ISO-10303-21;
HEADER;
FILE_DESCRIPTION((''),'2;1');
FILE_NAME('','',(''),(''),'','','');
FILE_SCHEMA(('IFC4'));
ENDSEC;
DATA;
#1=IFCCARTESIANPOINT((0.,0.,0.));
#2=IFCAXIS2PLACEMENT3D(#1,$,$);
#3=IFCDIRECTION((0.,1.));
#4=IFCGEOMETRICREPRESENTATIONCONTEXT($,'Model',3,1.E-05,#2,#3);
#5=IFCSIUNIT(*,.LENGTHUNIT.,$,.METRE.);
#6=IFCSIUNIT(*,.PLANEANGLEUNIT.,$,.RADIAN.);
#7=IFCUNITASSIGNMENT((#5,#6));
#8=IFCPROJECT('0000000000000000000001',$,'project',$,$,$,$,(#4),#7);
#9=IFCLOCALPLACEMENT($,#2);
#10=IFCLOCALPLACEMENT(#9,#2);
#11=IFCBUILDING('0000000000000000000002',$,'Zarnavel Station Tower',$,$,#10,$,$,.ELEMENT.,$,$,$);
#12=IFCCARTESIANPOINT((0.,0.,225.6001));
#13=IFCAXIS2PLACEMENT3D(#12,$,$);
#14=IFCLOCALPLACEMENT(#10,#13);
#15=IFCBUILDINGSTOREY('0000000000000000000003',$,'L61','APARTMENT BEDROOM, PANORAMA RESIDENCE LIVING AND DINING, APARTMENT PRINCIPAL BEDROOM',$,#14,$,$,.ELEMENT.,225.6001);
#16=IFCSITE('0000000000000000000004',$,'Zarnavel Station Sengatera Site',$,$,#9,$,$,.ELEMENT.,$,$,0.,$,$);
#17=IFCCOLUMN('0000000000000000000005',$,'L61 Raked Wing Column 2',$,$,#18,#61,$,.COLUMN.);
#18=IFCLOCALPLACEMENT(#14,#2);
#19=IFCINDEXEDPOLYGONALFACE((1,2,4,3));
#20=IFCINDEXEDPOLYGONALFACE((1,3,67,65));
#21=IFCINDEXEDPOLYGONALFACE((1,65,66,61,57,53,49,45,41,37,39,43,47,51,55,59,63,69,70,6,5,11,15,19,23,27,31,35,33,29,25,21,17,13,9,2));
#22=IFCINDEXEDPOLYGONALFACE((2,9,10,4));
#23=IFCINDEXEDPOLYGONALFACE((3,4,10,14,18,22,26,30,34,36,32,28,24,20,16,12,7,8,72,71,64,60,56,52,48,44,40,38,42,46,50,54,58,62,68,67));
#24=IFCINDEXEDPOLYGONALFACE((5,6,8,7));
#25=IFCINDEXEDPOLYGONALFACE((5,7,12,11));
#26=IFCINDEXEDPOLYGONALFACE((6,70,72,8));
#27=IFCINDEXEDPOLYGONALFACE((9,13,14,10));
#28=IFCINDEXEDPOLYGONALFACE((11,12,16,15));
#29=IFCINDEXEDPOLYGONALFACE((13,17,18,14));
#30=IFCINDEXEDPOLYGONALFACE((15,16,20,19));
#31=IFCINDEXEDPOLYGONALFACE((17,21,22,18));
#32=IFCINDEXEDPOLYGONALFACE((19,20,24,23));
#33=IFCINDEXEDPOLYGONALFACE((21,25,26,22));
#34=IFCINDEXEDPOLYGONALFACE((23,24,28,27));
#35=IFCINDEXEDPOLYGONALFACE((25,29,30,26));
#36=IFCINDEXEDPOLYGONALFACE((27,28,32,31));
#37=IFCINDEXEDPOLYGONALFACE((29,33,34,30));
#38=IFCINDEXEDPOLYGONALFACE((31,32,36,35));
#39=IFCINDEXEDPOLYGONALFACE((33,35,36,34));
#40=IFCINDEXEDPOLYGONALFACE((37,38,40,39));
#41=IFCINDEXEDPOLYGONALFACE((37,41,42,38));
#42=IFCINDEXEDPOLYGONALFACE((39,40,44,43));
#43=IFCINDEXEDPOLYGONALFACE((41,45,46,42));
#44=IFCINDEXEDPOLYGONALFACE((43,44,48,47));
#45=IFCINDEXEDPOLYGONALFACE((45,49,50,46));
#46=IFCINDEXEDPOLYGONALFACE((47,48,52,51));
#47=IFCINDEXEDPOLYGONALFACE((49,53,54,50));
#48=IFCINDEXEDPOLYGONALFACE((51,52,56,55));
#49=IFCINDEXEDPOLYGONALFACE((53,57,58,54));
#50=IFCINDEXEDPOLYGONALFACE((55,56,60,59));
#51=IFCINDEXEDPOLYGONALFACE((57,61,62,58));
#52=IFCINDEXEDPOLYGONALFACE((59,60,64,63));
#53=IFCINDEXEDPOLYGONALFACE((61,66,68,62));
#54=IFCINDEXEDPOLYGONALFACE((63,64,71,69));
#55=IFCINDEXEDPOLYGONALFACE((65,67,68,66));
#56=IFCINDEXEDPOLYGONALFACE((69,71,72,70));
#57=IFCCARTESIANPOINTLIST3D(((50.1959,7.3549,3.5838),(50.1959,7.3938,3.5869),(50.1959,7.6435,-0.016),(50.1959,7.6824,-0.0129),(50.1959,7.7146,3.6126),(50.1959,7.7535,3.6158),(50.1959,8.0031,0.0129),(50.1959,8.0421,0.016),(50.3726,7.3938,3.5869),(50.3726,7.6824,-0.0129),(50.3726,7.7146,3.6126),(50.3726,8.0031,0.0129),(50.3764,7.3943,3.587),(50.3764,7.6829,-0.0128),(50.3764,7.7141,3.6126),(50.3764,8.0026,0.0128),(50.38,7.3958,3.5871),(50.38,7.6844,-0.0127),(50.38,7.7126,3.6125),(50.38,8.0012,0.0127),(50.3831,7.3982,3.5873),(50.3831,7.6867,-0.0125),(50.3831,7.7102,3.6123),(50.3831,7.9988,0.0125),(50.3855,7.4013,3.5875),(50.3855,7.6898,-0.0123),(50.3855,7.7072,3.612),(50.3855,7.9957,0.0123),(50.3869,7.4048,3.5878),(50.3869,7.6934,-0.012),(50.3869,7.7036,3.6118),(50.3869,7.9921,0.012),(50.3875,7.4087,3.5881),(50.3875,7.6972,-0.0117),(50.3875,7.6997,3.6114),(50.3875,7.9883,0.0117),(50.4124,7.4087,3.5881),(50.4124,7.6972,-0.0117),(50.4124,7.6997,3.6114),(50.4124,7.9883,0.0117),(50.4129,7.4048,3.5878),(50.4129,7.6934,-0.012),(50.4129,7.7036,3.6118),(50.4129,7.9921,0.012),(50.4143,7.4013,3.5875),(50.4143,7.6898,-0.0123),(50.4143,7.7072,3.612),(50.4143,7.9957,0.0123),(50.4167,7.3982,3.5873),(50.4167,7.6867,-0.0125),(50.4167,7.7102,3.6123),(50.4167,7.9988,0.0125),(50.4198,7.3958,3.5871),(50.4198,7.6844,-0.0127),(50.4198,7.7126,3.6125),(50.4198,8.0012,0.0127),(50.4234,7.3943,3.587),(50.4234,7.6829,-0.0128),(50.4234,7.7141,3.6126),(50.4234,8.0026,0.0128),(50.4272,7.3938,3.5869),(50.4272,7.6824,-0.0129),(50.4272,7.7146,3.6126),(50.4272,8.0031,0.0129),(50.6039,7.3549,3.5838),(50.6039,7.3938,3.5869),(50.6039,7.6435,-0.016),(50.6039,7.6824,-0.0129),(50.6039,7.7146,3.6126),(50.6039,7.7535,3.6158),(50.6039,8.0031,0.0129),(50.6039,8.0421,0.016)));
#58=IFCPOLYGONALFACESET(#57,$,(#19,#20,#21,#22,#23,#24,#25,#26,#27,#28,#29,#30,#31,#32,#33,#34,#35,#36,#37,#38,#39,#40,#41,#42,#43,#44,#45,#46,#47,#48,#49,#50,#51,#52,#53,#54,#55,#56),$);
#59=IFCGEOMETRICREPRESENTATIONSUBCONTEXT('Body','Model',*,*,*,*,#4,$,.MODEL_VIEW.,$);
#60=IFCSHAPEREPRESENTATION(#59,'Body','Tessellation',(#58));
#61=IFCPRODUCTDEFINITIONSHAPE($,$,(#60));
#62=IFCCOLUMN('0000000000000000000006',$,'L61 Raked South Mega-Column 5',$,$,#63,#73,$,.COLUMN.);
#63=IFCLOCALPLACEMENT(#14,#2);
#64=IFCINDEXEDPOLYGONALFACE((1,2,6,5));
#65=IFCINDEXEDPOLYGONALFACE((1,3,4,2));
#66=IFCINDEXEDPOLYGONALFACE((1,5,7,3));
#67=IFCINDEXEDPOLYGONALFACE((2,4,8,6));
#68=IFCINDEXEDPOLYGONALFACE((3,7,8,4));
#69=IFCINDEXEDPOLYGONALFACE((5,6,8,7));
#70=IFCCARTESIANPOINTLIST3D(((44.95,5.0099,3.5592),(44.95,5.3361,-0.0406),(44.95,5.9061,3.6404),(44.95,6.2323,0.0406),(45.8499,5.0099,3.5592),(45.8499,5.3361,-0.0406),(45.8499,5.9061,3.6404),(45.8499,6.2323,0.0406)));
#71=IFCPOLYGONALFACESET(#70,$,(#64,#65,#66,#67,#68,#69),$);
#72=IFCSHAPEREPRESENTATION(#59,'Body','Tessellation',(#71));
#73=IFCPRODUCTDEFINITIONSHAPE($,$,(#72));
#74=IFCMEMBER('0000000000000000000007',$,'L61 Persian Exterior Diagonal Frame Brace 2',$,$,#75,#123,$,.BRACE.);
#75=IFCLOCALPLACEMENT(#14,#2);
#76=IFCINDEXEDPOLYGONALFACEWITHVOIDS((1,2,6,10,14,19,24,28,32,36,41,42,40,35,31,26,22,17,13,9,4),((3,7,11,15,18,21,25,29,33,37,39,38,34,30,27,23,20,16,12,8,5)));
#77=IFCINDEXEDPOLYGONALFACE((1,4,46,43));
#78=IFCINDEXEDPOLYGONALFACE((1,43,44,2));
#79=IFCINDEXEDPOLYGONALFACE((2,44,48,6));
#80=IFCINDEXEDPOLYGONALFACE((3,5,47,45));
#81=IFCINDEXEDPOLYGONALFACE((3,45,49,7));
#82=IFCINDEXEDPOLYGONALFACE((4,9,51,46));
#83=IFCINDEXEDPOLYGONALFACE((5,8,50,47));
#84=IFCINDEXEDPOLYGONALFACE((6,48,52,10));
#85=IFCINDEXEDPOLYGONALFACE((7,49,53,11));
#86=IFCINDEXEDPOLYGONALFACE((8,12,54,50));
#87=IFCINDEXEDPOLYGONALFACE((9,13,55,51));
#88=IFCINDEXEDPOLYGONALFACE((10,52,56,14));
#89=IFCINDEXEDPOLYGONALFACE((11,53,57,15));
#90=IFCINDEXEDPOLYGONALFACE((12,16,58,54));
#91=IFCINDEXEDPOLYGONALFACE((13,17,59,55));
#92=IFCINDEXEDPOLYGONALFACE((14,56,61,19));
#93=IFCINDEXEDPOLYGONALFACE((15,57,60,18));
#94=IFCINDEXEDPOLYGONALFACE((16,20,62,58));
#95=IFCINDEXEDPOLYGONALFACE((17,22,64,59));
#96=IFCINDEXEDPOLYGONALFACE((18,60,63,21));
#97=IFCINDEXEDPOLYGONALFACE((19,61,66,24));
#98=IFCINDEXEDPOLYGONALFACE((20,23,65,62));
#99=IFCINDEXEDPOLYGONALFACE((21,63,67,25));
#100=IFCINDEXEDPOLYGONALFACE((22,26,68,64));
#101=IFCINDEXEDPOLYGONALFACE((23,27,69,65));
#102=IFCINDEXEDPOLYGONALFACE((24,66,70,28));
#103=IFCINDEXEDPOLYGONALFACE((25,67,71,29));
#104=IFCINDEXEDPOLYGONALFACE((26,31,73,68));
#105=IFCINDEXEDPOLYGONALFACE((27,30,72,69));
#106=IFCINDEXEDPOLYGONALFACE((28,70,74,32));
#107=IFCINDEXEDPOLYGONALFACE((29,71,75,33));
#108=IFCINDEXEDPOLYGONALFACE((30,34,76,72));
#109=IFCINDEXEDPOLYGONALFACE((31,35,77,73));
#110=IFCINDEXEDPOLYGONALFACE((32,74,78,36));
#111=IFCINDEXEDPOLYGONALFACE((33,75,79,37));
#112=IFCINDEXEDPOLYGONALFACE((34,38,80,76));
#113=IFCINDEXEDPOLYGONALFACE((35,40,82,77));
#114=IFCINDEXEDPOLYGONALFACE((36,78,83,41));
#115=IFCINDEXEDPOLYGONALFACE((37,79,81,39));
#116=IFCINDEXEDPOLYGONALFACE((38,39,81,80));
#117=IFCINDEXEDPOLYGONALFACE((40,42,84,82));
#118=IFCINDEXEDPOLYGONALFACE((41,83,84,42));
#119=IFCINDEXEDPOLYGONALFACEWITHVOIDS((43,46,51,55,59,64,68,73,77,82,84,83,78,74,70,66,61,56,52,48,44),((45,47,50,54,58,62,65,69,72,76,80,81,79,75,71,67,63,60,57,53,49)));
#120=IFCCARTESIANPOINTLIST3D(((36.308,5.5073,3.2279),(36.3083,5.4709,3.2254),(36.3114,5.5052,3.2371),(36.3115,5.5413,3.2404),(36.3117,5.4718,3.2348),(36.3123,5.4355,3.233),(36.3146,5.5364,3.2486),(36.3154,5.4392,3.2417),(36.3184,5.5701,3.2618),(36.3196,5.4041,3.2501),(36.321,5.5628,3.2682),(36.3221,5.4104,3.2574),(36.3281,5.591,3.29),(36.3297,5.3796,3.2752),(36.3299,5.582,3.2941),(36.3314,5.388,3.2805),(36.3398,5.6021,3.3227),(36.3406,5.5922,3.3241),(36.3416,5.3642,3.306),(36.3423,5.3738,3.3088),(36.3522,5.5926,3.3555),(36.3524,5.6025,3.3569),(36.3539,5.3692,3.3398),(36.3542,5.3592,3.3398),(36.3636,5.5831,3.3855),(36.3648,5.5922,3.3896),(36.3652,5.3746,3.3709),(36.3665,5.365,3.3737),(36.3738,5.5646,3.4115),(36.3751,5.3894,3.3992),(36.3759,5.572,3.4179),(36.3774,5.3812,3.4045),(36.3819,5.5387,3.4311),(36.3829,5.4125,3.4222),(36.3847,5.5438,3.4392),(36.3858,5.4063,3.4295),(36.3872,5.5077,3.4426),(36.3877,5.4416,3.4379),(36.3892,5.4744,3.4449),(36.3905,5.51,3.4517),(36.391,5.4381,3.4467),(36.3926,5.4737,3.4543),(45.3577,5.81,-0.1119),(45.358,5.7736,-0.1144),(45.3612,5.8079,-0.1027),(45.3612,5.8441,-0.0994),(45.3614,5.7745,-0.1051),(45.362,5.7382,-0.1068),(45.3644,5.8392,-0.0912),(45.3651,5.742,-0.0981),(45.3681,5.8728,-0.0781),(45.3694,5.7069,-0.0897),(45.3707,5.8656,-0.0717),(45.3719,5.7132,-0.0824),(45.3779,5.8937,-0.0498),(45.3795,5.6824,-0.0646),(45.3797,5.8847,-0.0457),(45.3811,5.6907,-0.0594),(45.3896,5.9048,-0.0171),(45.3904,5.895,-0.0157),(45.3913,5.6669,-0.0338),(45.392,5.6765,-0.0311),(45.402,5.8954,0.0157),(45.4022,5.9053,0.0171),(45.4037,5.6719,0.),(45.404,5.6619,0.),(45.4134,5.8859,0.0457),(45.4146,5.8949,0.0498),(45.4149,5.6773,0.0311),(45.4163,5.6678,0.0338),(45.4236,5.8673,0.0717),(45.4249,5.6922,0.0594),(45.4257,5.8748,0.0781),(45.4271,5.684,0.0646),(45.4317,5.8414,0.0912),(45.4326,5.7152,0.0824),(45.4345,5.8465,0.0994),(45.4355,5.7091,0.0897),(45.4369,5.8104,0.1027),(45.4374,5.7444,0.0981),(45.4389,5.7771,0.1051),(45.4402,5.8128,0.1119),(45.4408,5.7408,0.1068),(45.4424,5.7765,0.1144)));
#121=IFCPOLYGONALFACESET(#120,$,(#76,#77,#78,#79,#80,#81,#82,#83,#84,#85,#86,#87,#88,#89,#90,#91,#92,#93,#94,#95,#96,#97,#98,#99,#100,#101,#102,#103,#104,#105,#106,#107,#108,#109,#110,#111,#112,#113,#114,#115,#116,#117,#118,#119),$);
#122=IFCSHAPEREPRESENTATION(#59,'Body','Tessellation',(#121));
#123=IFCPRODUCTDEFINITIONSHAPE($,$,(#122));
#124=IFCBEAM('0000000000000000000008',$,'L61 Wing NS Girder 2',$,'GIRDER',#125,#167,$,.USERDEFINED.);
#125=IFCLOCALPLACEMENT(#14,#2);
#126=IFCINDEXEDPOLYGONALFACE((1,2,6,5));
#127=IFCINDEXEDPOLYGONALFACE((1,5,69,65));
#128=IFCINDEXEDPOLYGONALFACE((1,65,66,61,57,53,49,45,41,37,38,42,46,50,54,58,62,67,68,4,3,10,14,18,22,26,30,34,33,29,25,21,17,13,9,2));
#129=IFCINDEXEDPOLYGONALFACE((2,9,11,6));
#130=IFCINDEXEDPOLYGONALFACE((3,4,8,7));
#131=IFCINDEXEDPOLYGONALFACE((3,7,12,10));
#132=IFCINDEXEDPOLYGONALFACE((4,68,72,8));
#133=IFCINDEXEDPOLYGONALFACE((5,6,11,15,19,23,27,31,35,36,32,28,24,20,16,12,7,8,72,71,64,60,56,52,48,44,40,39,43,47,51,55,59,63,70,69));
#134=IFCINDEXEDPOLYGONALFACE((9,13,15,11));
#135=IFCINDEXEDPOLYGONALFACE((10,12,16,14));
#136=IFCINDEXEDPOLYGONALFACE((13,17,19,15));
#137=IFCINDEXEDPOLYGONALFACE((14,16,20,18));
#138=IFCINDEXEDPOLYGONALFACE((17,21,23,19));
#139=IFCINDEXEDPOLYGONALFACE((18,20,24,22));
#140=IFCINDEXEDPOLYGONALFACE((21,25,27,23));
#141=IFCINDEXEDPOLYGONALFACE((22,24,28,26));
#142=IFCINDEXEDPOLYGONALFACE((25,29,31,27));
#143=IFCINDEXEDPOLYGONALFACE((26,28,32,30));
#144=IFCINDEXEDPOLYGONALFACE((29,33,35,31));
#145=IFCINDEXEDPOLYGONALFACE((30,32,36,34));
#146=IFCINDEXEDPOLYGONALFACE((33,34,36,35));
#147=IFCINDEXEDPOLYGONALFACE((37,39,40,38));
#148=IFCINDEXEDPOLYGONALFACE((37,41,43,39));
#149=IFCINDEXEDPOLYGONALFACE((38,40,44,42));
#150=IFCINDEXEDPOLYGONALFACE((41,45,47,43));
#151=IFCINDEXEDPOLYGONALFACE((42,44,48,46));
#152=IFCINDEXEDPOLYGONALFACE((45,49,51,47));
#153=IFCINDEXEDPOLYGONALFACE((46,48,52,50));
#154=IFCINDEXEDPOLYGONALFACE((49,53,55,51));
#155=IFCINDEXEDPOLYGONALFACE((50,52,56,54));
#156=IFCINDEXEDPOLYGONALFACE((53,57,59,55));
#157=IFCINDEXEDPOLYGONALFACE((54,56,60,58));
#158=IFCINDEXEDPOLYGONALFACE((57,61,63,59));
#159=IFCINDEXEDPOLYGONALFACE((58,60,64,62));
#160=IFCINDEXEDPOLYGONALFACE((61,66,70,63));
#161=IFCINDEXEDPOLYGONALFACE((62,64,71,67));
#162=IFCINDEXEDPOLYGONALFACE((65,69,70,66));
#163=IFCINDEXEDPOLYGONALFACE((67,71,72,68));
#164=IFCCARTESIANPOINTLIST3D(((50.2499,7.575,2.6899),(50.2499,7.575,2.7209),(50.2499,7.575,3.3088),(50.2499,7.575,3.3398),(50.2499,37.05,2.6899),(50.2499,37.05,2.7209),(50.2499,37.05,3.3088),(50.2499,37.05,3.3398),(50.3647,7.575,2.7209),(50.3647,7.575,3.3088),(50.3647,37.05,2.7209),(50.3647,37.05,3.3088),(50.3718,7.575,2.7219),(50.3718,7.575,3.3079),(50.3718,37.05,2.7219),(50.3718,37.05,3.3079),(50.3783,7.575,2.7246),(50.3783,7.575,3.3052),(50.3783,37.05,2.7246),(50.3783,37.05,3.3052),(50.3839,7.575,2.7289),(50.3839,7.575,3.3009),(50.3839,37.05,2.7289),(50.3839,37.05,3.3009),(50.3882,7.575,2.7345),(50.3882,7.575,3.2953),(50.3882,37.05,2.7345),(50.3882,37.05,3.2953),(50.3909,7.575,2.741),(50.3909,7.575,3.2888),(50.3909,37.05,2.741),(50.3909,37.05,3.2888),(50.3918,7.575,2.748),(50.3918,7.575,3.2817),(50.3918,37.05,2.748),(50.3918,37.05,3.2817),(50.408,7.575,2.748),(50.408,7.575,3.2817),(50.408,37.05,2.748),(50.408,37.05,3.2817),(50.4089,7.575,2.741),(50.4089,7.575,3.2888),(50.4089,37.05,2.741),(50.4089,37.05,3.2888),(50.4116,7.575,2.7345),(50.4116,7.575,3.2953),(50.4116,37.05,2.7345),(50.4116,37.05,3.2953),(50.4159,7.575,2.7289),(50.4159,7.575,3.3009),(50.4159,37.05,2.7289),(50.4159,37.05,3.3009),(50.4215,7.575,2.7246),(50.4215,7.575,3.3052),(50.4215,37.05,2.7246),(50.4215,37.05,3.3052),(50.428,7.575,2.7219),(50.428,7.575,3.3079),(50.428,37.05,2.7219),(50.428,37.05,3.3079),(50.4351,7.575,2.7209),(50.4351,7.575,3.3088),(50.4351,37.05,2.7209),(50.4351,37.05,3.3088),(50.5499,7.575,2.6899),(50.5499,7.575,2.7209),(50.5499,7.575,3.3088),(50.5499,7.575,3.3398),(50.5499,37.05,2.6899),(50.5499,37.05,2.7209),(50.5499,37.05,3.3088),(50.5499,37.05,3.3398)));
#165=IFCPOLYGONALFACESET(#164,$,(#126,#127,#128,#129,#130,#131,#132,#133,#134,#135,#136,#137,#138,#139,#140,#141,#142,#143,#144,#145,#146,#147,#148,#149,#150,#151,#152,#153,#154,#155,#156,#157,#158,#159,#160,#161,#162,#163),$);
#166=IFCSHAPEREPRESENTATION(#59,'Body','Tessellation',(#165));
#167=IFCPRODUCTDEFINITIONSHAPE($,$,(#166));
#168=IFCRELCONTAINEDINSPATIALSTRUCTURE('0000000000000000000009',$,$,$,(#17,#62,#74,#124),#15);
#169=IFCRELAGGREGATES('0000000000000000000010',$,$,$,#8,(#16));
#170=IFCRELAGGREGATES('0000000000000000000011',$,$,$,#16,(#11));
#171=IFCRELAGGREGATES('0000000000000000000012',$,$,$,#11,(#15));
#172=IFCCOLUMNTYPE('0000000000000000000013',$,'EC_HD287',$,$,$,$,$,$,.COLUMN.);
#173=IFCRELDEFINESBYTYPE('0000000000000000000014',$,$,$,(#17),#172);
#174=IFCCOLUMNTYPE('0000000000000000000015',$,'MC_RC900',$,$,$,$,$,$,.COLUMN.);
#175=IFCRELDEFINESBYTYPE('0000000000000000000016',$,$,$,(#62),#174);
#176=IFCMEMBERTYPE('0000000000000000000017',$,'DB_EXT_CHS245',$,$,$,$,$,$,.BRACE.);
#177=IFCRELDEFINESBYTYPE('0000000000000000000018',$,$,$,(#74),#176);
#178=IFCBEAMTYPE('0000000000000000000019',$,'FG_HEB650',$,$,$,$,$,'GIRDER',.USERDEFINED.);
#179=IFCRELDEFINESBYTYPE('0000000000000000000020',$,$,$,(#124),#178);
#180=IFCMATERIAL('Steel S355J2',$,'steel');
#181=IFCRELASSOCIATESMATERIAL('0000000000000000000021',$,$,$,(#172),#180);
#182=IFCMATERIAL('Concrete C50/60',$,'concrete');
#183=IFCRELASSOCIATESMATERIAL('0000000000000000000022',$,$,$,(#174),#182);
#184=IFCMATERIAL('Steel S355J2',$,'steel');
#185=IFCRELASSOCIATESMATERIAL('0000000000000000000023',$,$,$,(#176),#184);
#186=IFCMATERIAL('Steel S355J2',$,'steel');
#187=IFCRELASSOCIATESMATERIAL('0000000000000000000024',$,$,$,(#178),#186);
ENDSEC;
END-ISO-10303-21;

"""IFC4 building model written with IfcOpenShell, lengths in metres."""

from ifc_helpers import new_model, si_unit, direction, frame, origin, origin_2d, place, context, subcontext, project, spatial, rectangle, hollow_circle, i_section, extrude, material, material_profile, profile_set, type_object, element, save


model = new_model("IFC4")

# Units and contexts
model_context = context("Model", 3, precision=1e-05, world=origin(), true_north=direction((0.0, 1.0)))
body_context = subcontext(model_context, "Body", "Model", "MODEL_VIEW")
ifc_project = project(units=[si_unit("LENGTHUNIT", "METRE"), si_unit("PLANEANGLEUNIT", "RADIAN")], contexts=[model_context])

# Site, building, storey
site_placement = place(None, origin())
site = spatial("IfcSite", under=ifc_project, at=site_placement, Name="Zarnavel Station Sengatera Site", CompositionType="ELEMENT", RefElevation=0.0)
building_placement = place(site_placement, origin())
building = spatial("IfcBuilding", under=site, at=building_placement, Name="Zarnavel Station Tower", CompositionType="ELEMENT")
storey_placement = place(building_placement, frame((0.0, 0.0, 225.6001)))
storey = spatial("IfcBuildingStorey", under=building, at=storey_placement, Name="L61", Description="APARTMENT BEDROOM, PANORAMA RESIDENCE LIVING AND DINING, APARTMENT PRINCIPAL BEDROOM", CompositionType="ELEMENT", Elevation=225.6001)

# Columns
ifc_material_1 = material(Name="Steel S355J2", Category="steel")
ifc_material_profile_1 = material_profile(ifc_material_1, i_section(OverallWidth=0.408, OverallDepth=0.3999, WebThickness=0.0249, FlangeThickness=0.0391, FilletRadius=0.0149, at=origin_2d()), Name="HD400x287")
ifc_profile_set_1 = profile_set([ifc_material_profile_1], Name="Steel S355J2")
column_type_1 = type_object("IfcColumnType", Name="EC_HD287", PredefinedType="COLUMN", material=ifc_profile_set_1)
column_1_placement = place(storey_placement, frame((50.3999, 7.8428, 0.0), z_axis=(0.0, -0.079906, 0.996802), x_axis=(1.0, 0.0, 0.0)))
element("IfcColumn", 1, at=column_1_placement, inside=storey, type_object=column_type_1, Name="L61 Raked Wing Column 2", PredefinedType="COLUMN", context=body_context, shape_type="SweptSolid", body=[
    extrude(i_section(OverallWidth=0.408, OverallDepth=0.3999, WebThickness=0.0249, FlangeThickness=0.0391, FilletRadius=0.0149, at=origin_2d()), origin(), (0.0, 0.0, 1.0), 3.6113),
])
ifc_material_2 = material(Name="Concrete C50/60", Category="concrete")
ifc_material_profile_2 = material_profile(ifc_material_2, rectangle(XDim=0.8999, YDim=0.8999, at=origin_2d()), Name="RC900x900")
ifc_profile_set_2 = profile_set([ifc_material_profile_2], Name="Concrete C50/60")
column_type_2 = type_object("IfcColumnType", Name="MC_RC900", PredefinedType="COLUMN", material=ifc_profile_set_2)
column_2_placement = place(storey_placement, frame((45.3999, 5.7842, 0.0), z_axis=(0.0, -0.090237, 0.99592), x_axis=(1.0, 0.0, 0.0)))
element("IfcColumn", 2, at=column_2_placement, inside=storey, type_object=column_type_2, Name="L61 Raked South Mega-Column 5", PredefinedType="COLUMN", context=body_context, shape_type="SweptSolid", body=[
    extrude(rectangle(XDim=0.8999, YDim=0.8999, at=origin_2d()), origin(), (0.0, 0.0, 1.0), 3.6145),
])

# Member
ifc_material_3 = material(Name="Steel S355J2", Category="steel")
ifc_material_profile_3 = material_profile(ifc_material_3, hollow_circle(Radius=0.1223, WallThickness=0.01, at=origin_2d()), Name="CHS244.5x10")
ifc_profile_set_3 = profile_set([ifc_material_profile_3], Name="Steel S355J2")
member_type = type_object("IfcMemberType", Name="DB_EXT_CHS245", PredefinedType="BRACE", material=ifc_profile_set_3)
member_placement = place(storey_placement, frame((45.3999, 5.7842, 0.0), z_axis=(-0.937689, -0.031368, 0.346056), x_axis=(0.033433, -0.999441, 0.0)))
element("IfcMember", 3, at=member_placement, inside=storey, type_object=member_type, Name="L61 Persian Exterior Diagonal Frame Brace 2", PredefinedType="BRACE", context=body_context, shape_type="SweptSolid", body=[
    extrude(hollow_circle(Radius=0.1223, WallThickness=0.01, at=origin_2d()), origin(), (0.0, 0.0, 1.0), 9.6511),
])

# Beam
ifc_material_4 = material(Name="Steel S355J2", Category="steel")
ifc_material_profile_4 = material_profile(ifc_material_4, i_section(OverallWidth=0.3, OverallDepth=0.6499, WebThickness=0.0161, FlangeThickness=0.031, FilletRadius=0.0271, at=origin_2d()), Name="HEB650")
ifc_profile_set_4 = profile_set([ifc_material_profile_4], Name="Steel S355J2")
beam_type_1 = type_object("IfcBeamType", Name="FG_HEB650", ElementType="GIRDER", PredefinedType="USERDEFINED", material=ifc_profile_set_4)
beam_1_placement = place(storey_placement, frame((50.3999, 7.575, 3.0149), z_axis=(0.0, 1.0, 0.0), x_axis=(-1.0, 0.0, 0.0)))
element("IfcBeam", 4, at=beam_1_placement, inside=storey, type_object=beam_type_1, Name="L61 Wing NS Girder 2", ObjectType="GIRDER", PredefinedType="USERDEFINED", context=body_context, shape_type="SweptSolid", body=[
    extrude(i_section(OverallWidth=0.3, OverallDepth=0.6499, WebThickness=0.0161, FlangeThickness=0.031, FilletRadius=0.0271, at=origin_2d()), origin(), (0.0, 0.0, 1.0), 29.4751),
])

save(model, "model.ifc")
